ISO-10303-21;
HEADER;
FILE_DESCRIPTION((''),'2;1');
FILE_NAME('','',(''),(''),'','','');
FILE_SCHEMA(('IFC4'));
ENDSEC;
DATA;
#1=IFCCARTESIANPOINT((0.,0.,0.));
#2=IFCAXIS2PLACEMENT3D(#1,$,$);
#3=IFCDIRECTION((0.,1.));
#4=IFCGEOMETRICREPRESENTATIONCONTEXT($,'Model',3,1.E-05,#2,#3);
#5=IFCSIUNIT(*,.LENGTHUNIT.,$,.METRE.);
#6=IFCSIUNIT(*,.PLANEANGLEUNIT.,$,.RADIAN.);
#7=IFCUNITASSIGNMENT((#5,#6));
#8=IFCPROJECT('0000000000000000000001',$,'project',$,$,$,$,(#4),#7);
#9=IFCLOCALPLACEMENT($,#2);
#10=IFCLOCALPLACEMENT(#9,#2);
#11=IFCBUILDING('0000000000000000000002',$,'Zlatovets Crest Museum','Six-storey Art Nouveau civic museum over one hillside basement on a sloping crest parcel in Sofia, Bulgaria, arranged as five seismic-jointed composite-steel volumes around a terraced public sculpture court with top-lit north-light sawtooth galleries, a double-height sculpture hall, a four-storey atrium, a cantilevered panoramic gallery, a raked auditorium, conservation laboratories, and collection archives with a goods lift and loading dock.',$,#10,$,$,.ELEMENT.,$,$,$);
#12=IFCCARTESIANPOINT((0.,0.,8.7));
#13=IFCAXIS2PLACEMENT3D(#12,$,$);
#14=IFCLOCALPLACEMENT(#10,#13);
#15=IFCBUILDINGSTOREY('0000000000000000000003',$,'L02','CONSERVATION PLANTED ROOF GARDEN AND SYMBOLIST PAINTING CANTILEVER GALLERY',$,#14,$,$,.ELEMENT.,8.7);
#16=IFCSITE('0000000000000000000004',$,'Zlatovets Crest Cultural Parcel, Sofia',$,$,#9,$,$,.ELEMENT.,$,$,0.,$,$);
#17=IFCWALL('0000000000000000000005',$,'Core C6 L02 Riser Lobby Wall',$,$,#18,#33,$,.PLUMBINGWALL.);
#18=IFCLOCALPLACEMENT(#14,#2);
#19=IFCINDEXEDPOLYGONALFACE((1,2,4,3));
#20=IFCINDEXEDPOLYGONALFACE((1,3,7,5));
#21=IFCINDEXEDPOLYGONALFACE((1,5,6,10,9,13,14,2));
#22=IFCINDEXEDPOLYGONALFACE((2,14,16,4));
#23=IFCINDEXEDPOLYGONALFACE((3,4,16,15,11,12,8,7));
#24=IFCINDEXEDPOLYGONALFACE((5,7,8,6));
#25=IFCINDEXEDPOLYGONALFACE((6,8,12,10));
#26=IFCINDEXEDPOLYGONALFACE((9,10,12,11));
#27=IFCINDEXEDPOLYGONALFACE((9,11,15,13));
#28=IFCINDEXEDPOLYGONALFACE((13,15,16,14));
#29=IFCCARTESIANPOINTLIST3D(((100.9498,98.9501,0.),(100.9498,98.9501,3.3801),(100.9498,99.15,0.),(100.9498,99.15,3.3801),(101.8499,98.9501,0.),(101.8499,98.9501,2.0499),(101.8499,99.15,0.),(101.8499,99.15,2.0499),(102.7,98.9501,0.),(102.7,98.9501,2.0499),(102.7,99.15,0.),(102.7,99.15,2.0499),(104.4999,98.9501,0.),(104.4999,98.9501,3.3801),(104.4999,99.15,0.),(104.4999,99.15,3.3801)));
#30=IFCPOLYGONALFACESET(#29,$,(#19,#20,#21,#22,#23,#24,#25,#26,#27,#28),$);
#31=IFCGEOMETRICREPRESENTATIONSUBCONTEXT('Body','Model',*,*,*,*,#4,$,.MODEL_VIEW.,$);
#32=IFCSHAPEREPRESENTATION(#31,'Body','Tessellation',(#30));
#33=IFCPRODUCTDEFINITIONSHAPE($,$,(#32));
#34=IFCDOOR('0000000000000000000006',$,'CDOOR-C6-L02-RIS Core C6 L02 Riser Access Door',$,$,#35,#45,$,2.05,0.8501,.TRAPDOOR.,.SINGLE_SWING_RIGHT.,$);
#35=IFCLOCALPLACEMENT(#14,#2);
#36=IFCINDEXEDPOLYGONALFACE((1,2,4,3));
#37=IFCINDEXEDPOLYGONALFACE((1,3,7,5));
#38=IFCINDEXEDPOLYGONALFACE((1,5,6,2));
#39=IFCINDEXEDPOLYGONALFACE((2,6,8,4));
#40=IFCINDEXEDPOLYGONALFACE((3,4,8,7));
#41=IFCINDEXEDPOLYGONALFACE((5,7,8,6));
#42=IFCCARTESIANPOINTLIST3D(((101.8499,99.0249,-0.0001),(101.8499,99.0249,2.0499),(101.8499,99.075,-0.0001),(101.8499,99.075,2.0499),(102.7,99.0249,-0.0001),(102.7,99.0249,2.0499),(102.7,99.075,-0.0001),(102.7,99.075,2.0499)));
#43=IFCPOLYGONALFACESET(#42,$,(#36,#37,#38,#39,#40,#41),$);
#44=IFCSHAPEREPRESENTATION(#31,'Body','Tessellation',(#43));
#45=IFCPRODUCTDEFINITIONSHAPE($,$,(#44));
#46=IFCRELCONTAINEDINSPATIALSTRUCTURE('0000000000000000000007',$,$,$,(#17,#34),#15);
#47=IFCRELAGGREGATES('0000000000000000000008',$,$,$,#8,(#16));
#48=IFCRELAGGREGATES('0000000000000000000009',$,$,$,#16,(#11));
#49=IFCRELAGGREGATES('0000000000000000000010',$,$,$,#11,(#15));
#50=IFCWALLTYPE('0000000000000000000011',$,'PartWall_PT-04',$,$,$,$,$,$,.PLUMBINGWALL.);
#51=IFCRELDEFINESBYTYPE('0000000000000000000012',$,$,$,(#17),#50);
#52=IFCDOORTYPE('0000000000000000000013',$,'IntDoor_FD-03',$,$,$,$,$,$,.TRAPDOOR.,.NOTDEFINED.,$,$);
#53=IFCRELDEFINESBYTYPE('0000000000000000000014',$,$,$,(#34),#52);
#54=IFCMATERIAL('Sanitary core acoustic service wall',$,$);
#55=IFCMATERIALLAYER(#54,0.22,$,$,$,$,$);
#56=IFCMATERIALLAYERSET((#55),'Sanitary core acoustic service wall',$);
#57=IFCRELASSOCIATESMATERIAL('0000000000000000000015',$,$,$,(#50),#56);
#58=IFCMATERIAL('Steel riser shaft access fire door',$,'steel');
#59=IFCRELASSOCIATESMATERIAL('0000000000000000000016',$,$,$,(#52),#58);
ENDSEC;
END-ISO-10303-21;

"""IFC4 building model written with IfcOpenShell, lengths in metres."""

from ifc_helpers import new_model, si_unit, direction, frame, frame_2d, origin, place, context, subcontext, project, spatial, rectangle, extrude, material, layer, layer_set, type_object, element, fill, save


model = new_model("IFC4")

# Units and contexts
model_context = context("Model", 3, precision=1e-05, world=origin(), true_north=direction((0.0, 1.0)))
body_context = subcontext(model_context, "Body", "Model", "MODEL_VIEW")
ifc_project = project(units=[si_unit("LENGTHUNIT", "METRE"), si_unit("PLANEANGLEUNIT", "RADIAN")], contexts=[model_context])

# Site, building, storey
site_placement = place(None, origin())
site = spatial("IfcSite", under=ifc_project, at=site_placement, Name="Zlatovets Crest Cultural Parcel, Sofia", CompositionType="ELEMENT", RefElevation=0.0)
building_placement = place(site_placement, origin())
building = spatial("IfcBuilding", under=site, at=building_placement, Name="Zlatovets Crest Museum", Description="Six-storey Art Nouveau civic museum over one hillside basement on a sloping crest parcel in Sofia, Bulgaria, arranged as five seismic-jointed composite-steel volumes around a terraced public sculpture court with top-lit north-light sawtooth galleries, a double-height sculpture hall, a four-storey atrium, a cantilevered panoramic gallery, a raked auditorium, conservation laboratories, and collection archives with a goods lift and loading dock.", CompositionType="ELEMENT")
storey_placement = place(building_placement, frame((0.0, 0.0, 8.7)))
storey = spatial("IfcBuildingStorey", under=building, at=storey_placement, Name="L02", Description="CONSERVATION PLANTED ROOF GARDEN AND SYMBOLIST PAINTING CANTILEVER GALLERY", CompositionType="ELEMENT", Elevation=8.7)

# Wall, opening, door
ifc_material_1 = material(Name="Sanitary core acoustic service wall")
ifc_layer_1 = layer(ifc_material_1, 0.22)
ifc_layer_set_1 = layer_set([ifc_layer_1], Name="Sanitary core acoustic service wall")
wall_type_1 = type_object("IfcWallType", Name="PartWall_PT-04", PredefinedType="PLUMBINGWALL", material=ifc_layer_set_1)
wall_1_placement = place(storey_placement, frame((100.95, 99.05, 0.0), z_axis=(0.0, 0.0, 1.0), x_axis=(1.0, 0.0, 0.0)))
wall_1 = element("IfcWall", 1, at=wall_1_placement, inside=storey, type_object=wall_type_1, Name="Core C6 L02 Riser Lobby Wall", PredefinedType="PLUMBINGWALL", context=body_context, shape_type="SweptSolid", body=[
    extrude(rectangle(XDim=3.55, YDim=0.2, at=frame_2d((1.7749, 0.0))), origin(), (0.0, 0.0, 1.0), 3.3801),
])
opening_1_placement = place(wall_1_placement, frame((0.8999, 0.0, 0.0)))
opening_1 = element("IfcOpeningElement", 2, at=opening_1_placement, cuts=wall_1, PredefinedType="OPENING", context=body_context, shape_type="SweptSolid", body=[
    extrude(rectangle(XDim=0.8501, YDim=2.05, at=frame_2d((0.425, 1.0249))), frame((0.0, 0.1099, 0.0), z_axis=(0.0, -1.0, 0.0), x_axis=(1.0, 0.0, 0.0)), (0.0, 0.0, 1.0), 0.22),
])
ifc_material_2 = material(Name="Steel riser shaft access fire door", Category="steel")
door_type_1 = type_object("IfcDoorType", Name="IntDoor_FD-03", OperationType="NOTDEFINED", PredefinedType="TRAPDOOR", material=ifc_material_2)
door_1_placement = place(opening_1_placement, origin())
door_1 = element("IfcDoor", 3, at=door_1_placement, inside=storey, type_object=door_type_1, Name="CDOOR-C6-L02-RIS Core C6 L02 Riser Access Door", OperationType="SINGLE_SWING_RIGHT", OverallHeight=2.05, OverallWidth=0.8501, PredefinedType="TRAPDOOR", context=body_context, shape_type="SweptSolid", body=[
    extrude(rectangle(XDim=0.8501, YDim=2.05, at=frame_2d((0.425, 1.0249))), frame((0.0, 0.0249, 0.0), z_axis=(0.0, -1.0, 0.0), x_axis=(1.0, 0.0, 0.0)), (0.0, 0.0, 1.0), 0.05),
])
fill(opening_1, door_1)

save(model, "model.ifc")
